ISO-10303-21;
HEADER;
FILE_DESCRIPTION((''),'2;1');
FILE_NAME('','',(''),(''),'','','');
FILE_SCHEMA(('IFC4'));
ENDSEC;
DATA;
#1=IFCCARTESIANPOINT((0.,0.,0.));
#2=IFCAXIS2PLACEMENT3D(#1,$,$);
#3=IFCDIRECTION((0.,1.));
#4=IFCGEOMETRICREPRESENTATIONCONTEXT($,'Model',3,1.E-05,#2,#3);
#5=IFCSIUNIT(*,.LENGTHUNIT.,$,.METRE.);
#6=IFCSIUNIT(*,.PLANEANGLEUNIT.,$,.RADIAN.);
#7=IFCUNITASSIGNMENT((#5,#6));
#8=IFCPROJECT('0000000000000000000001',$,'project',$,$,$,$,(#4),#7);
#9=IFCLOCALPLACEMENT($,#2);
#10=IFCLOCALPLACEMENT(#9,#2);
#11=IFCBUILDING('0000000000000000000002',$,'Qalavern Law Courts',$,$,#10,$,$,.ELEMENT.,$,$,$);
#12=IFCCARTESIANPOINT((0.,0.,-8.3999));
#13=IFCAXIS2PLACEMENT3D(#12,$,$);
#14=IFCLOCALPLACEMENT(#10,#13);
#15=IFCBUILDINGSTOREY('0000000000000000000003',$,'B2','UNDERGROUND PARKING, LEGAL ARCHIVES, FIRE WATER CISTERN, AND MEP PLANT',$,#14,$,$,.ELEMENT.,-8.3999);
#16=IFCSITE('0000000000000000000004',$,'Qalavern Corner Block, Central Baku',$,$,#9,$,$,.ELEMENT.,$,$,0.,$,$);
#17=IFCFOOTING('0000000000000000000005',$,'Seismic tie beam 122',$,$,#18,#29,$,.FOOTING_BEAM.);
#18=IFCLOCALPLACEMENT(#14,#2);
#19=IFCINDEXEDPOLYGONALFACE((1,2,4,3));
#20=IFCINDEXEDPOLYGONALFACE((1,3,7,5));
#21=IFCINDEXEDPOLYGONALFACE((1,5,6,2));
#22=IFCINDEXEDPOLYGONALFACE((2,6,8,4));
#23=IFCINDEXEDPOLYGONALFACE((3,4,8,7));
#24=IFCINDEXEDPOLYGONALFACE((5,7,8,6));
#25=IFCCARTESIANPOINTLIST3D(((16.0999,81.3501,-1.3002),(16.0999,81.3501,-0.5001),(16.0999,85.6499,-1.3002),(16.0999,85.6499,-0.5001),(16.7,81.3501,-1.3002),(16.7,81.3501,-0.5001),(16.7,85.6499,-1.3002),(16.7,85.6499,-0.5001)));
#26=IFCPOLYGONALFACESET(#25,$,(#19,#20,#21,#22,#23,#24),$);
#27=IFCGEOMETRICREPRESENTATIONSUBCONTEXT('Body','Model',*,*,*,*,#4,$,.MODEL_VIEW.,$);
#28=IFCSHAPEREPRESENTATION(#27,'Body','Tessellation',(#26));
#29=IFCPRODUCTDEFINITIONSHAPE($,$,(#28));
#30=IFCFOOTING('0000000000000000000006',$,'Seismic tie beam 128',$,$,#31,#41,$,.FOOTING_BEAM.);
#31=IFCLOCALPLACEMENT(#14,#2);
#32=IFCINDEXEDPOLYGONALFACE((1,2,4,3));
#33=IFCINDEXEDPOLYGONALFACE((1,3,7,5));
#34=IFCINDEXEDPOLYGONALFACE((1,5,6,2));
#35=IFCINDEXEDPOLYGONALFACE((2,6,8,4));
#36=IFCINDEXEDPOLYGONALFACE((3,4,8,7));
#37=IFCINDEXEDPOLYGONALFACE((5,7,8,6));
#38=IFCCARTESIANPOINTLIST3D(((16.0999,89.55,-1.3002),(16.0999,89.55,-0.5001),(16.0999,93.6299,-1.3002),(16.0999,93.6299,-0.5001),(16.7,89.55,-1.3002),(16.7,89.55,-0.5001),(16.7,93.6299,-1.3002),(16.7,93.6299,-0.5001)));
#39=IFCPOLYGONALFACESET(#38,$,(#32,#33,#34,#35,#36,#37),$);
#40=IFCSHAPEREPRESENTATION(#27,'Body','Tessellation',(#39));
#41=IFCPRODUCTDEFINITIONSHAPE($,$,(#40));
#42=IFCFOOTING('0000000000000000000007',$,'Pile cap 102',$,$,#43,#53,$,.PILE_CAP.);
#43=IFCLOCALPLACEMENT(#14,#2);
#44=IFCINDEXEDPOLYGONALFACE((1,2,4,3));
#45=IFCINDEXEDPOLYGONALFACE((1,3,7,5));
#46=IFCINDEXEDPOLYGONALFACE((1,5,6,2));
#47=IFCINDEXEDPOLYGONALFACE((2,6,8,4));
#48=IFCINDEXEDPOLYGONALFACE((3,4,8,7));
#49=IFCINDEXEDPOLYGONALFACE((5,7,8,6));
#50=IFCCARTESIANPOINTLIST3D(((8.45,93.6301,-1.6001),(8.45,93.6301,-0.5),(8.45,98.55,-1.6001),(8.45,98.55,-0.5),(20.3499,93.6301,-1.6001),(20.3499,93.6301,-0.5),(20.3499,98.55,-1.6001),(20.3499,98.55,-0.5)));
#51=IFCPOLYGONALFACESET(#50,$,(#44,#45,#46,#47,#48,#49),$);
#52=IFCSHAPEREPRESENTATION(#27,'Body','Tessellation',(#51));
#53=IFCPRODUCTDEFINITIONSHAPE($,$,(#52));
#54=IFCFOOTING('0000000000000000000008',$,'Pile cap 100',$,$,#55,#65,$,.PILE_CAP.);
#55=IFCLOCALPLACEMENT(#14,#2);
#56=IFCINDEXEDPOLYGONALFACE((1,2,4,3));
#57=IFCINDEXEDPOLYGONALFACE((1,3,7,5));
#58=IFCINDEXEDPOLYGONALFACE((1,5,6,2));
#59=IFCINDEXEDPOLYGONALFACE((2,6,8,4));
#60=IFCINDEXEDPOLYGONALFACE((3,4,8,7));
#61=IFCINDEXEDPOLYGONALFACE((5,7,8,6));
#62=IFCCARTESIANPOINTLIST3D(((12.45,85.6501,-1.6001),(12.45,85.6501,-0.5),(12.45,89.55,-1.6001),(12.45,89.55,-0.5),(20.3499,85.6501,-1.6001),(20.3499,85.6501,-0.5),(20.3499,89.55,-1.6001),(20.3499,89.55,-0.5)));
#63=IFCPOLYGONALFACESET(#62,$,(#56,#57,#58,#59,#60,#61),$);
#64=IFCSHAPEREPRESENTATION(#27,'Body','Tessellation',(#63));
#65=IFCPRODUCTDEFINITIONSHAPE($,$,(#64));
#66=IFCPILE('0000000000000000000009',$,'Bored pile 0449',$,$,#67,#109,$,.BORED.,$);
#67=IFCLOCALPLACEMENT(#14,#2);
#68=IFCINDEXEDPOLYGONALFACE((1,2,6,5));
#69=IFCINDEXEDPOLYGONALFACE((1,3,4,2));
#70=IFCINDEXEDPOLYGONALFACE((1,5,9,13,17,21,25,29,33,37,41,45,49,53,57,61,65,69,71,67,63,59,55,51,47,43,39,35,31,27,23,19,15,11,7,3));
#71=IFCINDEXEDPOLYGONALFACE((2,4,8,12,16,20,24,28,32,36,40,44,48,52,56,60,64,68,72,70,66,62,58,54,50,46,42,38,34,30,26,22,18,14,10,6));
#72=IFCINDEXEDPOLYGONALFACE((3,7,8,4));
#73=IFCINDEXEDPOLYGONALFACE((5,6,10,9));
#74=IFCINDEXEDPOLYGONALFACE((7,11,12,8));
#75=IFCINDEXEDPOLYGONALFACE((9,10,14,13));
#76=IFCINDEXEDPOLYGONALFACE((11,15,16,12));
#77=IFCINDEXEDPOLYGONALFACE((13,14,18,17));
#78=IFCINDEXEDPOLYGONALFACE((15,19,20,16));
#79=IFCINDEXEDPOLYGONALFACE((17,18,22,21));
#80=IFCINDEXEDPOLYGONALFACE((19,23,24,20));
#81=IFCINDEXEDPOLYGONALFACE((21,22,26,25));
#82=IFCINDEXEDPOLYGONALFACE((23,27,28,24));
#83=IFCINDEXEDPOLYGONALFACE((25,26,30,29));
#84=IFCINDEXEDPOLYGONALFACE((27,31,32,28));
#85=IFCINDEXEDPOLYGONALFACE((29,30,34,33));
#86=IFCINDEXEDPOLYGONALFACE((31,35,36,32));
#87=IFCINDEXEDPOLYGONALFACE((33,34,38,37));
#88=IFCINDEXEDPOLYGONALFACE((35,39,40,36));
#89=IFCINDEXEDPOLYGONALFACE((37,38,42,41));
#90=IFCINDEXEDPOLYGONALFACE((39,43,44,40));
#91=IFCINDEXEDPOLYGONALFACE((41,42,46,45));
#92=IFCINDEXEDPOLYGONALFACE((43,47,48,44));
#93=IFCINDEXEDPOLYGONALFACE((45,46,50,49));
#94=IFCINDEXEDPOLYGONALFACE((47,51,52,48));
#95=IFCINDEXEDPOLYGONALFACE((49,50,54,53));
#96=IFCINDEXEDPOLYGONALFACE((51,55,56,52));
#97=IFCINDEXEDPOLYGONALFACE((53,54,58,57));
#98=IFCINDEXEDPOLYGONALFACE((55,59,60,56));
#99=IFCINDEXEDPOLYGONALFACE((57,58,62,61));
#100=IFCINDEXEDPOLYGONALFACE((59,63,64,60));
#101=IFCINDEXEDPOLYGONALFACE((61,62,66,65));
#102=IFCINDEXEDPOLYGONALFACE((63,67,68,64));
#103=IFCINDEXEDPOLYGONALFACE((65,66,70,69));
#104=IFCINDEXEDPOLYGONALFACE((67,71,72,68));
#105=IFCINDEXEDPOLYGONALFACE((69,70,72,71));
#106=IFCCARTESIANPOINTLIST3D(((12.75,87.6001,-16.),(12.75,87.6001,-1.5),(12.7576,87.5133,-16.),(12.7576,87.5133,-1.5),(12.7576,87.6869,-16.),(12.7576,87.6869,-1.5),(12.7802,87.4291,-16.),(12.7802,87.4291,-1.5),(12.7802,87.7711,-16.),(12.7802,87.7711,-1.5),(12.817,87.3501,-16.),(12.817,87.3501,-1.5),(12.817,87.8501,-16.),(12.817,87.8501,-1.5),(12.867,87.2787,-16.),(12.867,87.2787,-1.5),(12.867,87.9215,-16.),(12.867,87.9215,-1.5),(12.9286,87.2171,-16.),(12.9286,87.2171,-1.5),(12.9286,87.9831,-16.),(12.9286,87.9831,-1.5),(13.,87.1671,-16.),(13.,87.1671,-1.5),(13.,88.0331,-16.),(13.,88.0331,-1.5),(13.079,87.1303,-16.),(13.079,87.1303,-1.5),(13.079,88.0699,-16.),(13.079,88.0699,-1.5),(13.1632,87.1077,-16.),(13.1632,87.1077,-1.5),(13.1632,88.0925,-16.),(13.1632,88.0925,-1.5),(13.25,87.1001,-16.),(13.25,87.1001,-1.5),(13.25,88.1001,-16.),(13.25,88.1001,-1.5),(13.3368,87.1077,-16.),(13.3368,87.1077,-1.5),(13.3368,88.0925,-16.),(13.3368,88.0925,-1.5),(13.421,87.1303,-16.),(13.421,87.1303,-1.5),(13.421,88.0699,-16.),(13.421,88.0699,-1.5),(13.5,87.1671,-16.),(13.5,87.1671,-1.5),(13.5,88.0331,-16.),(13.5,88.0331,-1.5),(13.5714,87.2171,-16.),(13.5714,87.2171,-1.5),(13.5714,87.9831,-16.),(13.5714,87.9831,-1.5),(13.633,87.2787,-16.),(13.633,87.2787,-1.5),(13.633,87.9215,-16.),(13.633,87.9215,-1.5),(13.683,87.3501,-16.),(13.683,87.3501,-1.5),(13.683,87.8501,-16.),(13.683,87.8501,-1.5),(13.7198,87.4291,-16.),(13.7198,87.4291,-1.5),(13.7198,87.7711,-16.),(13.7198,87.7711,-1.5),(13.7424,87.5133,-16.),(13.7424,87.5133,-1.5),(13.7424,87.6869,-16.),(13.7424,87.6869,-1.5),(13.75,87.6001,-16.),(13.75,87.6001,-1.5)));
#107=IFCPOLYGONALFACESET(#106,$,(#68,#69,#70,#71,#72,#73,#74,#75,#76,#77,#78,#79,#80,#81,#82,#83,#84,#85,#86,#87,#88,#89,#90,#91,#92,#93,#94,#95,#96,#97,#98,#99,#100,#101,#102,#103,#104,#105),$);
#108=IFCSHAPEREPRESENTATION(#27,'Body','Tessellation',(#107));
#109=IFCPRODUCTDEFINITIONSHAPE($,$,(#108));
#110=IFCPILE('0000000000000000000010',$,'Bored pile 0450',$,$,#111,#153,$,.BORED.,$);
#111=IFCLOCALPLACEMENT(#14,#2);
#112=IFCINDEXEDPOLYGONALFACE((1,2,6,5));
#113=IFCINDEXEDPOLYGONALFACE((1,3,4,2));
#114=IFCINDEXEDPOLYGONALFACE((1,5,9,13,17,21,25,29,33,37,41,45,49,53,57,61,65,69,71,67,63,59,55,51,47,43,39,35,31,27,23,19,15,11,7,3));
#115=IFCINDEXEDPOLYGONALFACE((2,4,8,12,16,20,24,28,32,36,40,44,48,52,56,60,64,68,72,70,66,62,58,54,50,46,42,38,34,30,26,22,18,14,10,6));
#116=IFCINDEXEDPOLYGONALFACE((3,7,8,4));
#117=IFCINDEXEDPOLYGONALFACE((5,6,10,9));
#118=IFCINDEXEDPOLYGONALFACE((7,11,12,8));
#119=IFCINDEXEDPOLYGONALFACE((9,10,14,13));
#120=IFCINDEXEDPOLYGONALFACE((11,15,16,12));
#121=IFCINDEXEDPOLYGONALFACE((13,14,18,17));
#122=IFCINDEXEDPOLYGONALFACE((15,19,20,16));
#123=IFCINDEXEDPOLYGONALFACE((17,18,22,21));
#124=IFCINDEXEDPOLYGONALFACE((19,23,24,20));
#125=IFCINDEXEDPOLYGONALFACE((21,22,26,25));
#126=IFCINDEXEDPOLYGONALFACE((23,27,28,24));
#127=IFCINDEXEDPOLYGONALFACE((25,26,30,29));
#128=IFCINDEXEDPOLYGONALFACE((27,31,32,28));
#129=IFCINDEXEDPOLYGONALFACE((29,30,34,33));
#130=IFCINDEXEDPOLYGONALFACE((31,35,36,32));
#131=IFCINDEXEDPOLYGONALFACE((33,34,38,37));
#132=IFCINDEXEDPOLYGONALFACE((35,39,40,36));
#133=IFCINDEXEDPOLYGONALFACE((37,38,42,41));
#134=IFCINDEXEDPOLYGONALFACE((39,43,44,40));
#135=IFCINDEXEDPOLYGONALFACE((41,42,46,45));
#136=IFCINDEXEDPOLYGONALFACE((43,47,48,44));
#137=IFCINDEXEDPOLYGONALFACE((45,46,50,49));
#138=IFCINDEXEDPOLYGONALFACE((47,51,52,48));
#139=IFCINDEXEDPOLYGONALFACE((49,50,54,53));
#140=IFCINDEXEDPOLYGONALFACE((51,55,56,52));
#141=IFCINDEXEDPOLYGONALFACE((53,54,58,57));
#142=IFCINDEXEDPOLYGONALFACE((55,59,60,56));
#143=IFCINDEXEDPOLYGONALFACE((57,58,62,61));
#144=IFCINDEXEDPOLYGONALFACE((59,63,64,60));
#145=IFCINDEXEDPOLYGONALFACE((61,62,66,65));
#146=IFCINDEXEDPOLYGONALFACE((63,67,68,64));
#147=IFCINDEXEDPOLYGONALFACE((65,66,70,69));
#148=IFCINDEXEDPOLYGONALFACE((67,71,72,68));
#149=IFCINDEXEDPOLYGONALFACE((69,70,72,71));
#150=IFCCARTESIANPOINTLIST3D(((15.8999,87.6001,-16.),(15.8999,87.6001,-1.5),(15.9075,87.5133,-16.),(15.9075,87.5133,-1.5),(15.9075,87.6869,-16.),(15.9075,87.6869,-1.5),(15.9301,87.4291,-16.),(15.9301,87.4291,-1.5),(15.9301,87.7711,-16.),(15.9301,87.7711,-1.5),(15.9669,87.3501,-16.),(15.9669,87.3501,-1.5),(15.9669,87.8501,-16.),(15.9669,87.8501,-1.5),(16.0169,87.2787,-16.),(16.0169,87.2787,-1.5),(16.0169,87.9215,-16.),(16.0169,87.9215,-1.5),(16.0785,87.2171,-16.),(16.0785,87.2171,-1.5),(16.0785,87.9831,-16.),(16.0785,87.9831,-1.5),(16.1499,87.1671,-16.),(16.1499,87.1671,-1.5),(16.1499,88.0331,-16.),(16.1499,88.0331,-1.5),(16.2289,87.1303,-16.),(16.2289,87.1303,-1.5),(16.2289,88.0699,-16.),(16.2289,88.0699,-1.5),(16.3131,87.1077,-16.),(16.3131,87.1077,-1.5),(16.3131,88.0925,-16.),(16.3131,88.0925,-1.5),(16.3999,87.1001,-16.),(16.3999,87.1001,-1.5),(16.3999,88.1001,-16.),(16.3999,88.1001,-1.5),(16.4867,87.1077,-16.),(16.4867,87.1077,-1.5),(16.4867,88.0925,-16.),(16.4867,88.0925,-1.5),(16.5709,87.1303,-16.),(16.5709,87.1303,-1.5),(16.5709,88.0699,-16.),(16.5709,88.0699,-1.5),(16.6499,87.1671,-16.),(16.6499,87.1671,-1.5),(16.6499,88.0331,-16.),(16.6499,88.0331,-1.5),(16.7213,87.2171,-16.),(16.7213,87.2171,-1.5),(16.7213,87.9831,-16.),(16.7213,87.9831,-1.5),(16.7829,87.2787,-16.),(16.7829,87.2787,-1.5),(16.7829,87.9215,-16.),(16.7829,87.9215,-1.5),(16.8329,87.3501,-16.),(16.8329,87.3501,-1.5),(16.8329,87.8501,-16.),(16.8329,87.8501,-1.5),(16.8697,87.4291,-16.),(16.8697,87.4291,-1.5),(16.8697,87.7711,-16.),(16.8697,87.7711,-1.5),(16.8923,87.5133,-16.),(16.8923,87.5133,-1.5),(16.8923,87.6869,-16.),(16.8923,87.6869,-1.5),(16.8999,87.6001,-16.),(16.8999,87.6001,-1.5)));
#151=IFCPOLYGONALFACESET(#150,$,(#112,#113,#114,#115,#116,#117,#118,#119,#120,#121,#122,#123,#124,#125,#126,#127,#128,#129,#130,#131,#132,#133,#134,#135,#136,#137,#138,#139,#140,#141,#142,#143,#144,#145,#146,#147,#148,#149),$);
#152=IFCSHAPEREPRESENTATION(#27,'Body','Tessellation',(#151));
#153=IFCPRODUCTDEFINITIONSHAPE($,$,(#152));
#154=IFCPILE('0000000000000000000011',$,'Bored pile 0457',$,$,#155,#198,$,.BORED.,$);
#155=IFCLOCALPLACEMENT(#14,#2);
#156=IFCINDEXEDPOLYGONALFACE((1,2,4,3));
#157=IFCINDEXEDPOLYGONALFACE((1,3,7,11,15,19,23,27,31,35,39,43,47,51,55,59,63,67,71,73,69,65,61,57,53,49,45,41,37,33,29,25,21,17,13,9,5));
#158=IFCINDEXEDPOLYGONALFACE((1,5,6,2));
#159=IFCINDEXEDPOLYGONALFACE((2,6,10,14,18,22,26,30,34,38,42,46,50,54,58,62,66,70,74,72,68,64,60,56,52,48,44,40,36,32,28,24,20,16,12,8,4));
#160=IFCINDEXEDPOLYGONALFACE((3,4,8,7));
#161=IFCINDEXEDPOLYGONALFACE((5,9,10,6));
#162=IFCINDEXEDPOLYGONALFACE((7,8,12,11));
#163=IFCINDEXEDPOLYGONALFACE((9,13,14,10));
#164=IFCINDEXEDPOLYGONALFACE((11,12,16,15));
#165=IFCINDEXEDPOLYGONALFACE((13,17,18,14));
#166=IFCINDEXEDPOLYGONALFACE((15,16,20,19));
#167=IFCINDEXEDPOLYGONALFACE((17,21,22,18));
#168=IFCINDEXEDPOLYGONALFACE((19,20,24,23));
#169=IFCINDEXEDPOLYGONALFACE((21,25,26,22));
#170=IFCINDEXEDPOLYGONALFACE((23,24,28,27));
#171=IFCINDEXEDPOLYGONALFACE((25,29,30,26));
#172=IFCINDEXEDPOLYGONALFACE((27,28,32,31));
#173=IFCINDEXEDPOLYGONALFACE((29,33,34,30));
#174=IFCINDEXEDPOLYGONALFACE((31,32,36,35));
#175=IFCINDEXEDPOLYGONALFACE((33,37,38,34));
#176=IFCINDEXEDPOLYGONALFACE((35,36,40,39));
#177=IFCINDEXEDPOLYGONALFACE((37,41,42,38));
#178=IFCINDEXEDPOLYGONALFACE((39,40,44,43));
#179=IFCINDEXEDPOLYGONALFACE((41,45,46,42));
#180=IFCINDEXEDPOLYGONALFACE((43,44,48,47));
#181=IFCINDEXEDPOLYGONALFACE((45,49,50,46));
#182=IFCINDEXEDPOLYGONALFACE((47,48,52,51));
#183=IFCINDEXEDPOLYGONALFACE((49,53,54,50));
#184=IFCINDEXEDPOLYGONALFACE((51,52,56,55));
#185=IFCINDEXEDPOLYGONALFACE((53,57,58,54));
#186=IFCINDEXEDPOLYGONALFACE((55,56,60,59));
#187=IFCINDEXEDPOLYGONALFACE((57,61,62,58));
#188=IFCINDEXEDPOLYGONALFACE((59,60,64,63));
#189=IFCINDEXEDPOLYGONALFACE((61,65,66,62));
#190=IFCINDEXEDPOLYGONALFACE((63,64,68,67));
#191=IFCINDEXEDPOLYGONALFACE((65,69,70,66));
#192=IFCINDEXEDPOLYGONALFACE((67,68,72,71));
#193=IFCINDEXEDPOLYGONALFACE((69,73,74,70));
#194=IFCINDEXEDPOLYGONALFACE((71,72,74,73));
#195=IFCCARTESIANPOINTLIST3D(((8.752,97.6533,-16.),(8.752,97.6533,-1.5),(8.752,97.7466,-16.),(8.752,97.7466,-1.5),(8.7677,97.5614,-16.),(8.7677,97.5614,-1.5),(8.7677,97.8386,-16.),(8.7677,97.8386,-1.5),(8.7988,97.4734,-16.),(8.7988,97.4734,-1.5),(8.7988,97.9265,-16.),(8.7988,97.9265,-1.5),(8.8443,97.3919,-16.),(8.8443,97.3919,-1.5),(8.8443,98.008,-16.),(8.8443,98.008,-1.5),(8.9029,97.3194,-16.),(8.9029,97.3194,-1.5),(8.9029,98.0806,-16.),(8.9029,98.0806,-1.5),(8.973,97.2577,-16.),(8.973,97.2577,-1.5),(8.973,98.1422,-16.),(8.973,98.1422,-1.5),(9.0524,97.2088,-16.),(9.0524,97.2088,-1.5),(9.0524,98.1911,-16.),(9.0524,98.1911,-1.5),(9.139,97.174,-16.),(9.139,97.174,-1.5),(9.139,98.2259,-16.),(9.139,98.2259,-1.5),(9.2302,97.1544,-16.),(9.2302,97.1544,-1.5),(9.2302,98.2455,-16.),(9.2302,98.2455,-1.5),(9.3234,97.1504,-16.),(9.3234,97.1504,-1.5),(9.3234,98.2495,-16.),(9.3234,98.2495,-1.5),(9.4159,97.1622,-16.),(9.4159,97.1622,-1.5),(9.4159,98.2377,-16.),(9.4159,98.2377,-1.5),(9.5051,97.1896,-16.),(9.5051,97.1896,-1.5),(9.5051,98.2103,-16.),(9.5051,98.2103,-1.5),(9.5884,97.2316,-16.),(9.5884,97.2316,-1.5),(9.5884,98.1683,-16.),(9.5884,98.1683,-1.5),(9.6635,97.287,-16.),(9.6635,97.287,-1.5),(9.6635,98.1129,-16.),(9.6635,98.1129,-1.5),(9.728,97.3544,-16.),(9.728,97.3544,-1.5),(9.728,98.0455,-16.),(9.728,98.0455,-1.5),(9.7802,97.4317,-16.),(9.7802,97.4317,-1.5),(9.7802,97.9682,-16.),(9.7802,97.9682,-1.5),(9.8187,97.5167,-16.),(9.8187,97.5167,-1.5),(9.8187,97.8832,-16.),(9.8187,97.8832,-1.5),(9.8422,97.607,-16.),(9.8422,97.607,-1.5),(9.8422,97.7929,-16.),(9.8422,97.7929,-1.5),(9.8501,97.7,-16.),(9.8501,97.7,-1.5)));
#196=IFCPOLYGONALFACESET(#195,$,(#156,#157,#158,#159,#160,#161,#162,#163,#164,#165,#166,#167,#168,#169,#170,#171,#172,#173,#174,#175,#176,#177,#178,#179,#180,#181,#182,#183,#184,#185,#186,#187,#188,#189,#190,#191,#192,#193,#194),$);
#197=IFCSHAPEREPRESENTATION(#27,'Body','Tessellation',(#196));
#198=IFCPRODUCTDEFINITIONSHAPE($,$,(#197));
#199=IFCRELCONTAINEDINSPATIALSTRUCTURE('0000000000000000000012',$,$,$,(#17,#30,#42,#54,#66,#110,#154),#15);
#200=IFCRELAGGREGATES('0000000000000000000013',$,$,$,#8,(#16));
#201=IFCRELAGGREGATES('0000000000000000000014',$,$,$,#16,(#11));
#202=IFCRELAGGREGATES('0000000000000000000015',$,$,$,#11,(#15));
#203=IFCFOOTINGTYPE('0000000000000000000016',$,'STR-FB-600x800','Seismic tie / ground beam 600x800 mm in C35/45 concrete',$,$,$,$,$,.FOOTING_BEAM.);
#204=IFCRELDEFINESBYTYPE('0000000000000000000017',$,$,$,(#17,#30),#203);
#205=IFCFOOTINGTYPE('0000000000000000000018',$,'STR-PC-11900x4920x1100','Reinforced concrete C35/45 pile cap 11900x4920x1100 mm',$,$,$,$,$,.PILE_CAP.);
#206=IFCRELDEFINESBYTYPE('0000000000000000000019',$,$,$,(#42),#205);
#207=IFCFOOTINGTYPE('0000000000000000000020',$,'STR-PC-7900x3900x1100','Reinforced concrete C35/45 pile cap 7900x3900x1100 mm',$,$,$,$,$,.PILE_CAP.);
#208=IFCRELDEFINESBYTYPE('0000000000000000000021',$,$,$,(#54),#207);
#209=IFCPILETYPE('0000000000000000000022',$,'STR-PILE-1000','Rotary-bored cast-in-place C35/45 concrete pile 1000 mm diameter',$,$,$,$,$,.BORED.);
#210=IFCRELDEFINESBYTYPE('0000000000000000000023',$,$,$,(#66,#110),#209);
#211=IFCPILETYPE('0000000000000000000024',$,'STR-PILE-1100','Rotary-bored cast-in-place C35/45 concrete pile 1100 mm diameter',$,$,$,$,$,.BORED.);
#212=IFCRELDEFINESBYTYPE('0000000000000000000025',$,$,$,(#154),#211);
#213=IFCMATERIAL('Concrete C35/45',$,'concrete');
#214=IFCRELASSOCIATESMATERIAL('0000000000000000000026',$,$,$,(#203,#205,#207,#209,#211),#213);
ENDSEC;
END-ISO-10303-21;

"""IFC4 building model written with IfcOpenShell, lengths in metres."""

from ifc_helpers import new_model, si_unit, direction, frame, origin, origin_2d, place, context, subcontext, project, spatial, rectangle, circle, extrude, material, material_profile, profile_set, type_object, element, save


model = new_model("IFC4")

# Units and contexts
model_context = context("Model", 3, precision=1e-05, world=origin(), true_north=direction((0.0, 1.0)))
body_context = subcontext(model_context, "Body", "Model", "MODEL_VIEW")
ifc_project = project(units=[si_unit("LENGTHUNIT", "METRE"), si_unit("PLANEANGLEUNIT", "RADIAN")], contexts=[model_context])

# Site, building, storey
site_placement = place(None, origin())
site = spatial("IfcSite", under=ifc_project, at=site_placement, Name="Qalavern Corner Block, Central Baku", CompositionType="ELEMENT", RefElevation=0.0)
building_placement = place(site_placement, origin())
building = spatial("IfcBuilding", under=site, at=building_placement, Name="Qalavern Law Courts", CompositionType="ELEMENT")
storey_placement = place(building_placement, frame((0.0, 0.0, -8.3999)))
storey = spatial("IfcBuildingStorey", under=building, at=storey_placement, Name="B2", Description="UNDERGROUND PARKING, LEGAL ARCHIVES, FIRE WATER CISTERN, AND MEP PLANT", CompositionType="ELEMENT", Elevation=-8.3999)

# Footings
ifc_material_1 = material(Name="Concrete C35/45", Category="concrete")
ifc_material_profile_1 = material_profile(ifc_material_1, rectangle(XDim=0.6001, YDim=0.8, at=origin_2d()), Name="RC 600x800")
ifc_profile_set_1 = profile_set([ifc_material_profile_1], Name="Concrete C35/45")
footing_type_1 = type_object("IfcFootingType", Name="STR-FB-600x800", Description="Seismic tie / ground beam 600x800 mm in C35/45 concrete", PredefinedType="FOOTING_BEAM", material=ifc_profile_set_1)
footing_1_placement = place(storey_placement, frame((16.3999, 81.3501, -0.9001), z_axis=(0.0, 1.0, 0.0), x_axis=(-1.0, 0.0, 0.0)))
element("IfcFooting", 1, at=footing_1_placement, inside=storey, type_object=footing_type_1, Name="Seismic tie beam 122", PredefinedType="FOOTING_BEAM", context=body_context, shape_type="SweptSolid", body=[
    extrude(rectangle(XDim=0.6001, YDim=0.8, at=origin_2d()), origin(), (0.0, 0.0, 1.0), 4.2998),
])
footing_2_placement = place(storey_placement, frame((16.3999, 89.55, -0.9001), z_axis=(0.0, 1.0, 0.0), x_axis=(-1.0, 0.0, 0.0)))
element("IfcFooting", 2, at=footing_2_placement, inside=storey, type_object=footing_type_1, Name="Seismic tie beam 128", PredefinedType="FOOTING_BEAM", context=body_context, shape_type="SweptSolid", body=[
    extrude(rectangle(XDim=0.6001, YDim=0.8, at=origin_2d()), origin(), (0.0, 0.0, 1.0), 4.0798),
])
footing_type_2 = type_object("IfcFootingType", Name="STR-PC-11900x4920x1100", Description="Reinforced concrete C35/45 pile cap 11900x4920x1100 mm", PredefinedType="PILE_CAP", material=ifc_material_1)
footing_3_placement = place(storey_placement, frame((14.3999, 96.0901, -1.6001), z_axis=(0.0, 0.0, 1.0), x_axis=(1.0, 0.0, 0.0)))
element("IfcFooting", 3, at=footing_3_placement, inside=storey, type_object=footing_type_2, Name="Pile cap 102", PredefinedType="PILE_CAP", context=body_context, shape_type="SweptSolid", body=[
    extrude(rectangle(XDim=11.8999, YDim=4.9199, at=origin_2d()), origin(), (0.0, 0.0, 1.0), 1.1001),
])
footing_type_3 = type_object("IfcFootingType", Name="STR-PC-7900x3900x1100", Description="Reinforced concrete C35/45 pile cap 7900x3900x1100 mm", PredefinedType="PILE_CAP", material=ifc_material_1)
footing_4_placement = place(storey_placement, frame((16.3999, 87.6001, -1.6001), z_axis=(0.0, 0.0, 1.0), x_axis=(1.0, 0.0, 0.0)))
element("IfcFooting", 4, at=footing_4_placement, inside=storey, type_object=footing_type_3, Name="Pile cap 100", PredefinedType="PILE_CAP", context=body_context, shape_type="SweptSolid", body=[
    extrude(rectangle(XDim=7.8999, YDim=3.8999, at=origin_2d()), origin(), (0.0, 0.0, 1.0), 1.1001),
])

# Piles
ifc_material_profile_2 = material_profile(ifc_material_1, circle(Radius=0.5, at=origin_2d()), Name="BORED PILE 1000")
ifc_profile_set_2 = profile_set([ifc_material_profile_2], Name="Concrete C35/45")
pile_type_1 = type_object("IfcPileType", Name="STR-PILE-1000", Description="Rotary-bored cast-in-place C35/45 concrete pile 1000 mm diameter", PredefinedType="BORED", material=ifc_profile_set_2)
for number, where, z_axis, x_axis, name in (
    (5, (13.25, 87.6001, -1.5), (0.0, 0.0, -1.0), (1.0, 0.0, 0.0), "Bored pile 0449"),
    (6, (16.3999, 87.6001, -1.5), (0.0, 0.0, -1.0), (1.0, 0.0, 0.0), "Bored pile 0450"),
):
    element("IfcPile", number, at=place(storey_placement, frame(where, z_axis=z_axis, x_axis=x_axis)), inside=storey, type_object=pile_type_1, Name=name, PredefinedType="BORED", context=body_context, shape_type="SweptSolid", body=[
        extrude(circle(Radius=0.5, at=origin_2d()), origin(), (0.0, 0.0, 1.0), 14.5),
    ])
ifc_material_profile_3 = material_profile(ifc_material_1, circle(Radius=0.55, at=origin_2d()), Name="BORED PILE 1100")
ifc_profile_set_3 = profile_set([ifc_material_profile_3], Name="Concrete C35/45")
pile_type_2 = type_object("IfcPileType", Name="STR-PILE-1100", Description="Rotary-bored cast-in-place C35/45 concrete pile 1100 mm diameter", PredefinedType="BORED", material=ifc_profile_set_3)
for number, where, z_axis, x_axis, name in (
    (7, (9.3, 97.7, -1.5), (0.0, 0.0, -1.0), (1.0, 0.0, 0.0), "Bored pile 0457"),
):
    element("IfcPile", number, at=place(storey_placement, frame(where, z_axis=z_axis, x_axis=x_axis)), inside=storey, type_object=pile_type_2, Name=name, PredefinedType="BORED", context=body_context, shape_type="SweptSolid", body=[
        extrude(circle(Radius=0.55, at=origin_2d()), origin(), (0.0, 0.0, 1.0), 14.5),
    ])

save(model, "model.ifc")
